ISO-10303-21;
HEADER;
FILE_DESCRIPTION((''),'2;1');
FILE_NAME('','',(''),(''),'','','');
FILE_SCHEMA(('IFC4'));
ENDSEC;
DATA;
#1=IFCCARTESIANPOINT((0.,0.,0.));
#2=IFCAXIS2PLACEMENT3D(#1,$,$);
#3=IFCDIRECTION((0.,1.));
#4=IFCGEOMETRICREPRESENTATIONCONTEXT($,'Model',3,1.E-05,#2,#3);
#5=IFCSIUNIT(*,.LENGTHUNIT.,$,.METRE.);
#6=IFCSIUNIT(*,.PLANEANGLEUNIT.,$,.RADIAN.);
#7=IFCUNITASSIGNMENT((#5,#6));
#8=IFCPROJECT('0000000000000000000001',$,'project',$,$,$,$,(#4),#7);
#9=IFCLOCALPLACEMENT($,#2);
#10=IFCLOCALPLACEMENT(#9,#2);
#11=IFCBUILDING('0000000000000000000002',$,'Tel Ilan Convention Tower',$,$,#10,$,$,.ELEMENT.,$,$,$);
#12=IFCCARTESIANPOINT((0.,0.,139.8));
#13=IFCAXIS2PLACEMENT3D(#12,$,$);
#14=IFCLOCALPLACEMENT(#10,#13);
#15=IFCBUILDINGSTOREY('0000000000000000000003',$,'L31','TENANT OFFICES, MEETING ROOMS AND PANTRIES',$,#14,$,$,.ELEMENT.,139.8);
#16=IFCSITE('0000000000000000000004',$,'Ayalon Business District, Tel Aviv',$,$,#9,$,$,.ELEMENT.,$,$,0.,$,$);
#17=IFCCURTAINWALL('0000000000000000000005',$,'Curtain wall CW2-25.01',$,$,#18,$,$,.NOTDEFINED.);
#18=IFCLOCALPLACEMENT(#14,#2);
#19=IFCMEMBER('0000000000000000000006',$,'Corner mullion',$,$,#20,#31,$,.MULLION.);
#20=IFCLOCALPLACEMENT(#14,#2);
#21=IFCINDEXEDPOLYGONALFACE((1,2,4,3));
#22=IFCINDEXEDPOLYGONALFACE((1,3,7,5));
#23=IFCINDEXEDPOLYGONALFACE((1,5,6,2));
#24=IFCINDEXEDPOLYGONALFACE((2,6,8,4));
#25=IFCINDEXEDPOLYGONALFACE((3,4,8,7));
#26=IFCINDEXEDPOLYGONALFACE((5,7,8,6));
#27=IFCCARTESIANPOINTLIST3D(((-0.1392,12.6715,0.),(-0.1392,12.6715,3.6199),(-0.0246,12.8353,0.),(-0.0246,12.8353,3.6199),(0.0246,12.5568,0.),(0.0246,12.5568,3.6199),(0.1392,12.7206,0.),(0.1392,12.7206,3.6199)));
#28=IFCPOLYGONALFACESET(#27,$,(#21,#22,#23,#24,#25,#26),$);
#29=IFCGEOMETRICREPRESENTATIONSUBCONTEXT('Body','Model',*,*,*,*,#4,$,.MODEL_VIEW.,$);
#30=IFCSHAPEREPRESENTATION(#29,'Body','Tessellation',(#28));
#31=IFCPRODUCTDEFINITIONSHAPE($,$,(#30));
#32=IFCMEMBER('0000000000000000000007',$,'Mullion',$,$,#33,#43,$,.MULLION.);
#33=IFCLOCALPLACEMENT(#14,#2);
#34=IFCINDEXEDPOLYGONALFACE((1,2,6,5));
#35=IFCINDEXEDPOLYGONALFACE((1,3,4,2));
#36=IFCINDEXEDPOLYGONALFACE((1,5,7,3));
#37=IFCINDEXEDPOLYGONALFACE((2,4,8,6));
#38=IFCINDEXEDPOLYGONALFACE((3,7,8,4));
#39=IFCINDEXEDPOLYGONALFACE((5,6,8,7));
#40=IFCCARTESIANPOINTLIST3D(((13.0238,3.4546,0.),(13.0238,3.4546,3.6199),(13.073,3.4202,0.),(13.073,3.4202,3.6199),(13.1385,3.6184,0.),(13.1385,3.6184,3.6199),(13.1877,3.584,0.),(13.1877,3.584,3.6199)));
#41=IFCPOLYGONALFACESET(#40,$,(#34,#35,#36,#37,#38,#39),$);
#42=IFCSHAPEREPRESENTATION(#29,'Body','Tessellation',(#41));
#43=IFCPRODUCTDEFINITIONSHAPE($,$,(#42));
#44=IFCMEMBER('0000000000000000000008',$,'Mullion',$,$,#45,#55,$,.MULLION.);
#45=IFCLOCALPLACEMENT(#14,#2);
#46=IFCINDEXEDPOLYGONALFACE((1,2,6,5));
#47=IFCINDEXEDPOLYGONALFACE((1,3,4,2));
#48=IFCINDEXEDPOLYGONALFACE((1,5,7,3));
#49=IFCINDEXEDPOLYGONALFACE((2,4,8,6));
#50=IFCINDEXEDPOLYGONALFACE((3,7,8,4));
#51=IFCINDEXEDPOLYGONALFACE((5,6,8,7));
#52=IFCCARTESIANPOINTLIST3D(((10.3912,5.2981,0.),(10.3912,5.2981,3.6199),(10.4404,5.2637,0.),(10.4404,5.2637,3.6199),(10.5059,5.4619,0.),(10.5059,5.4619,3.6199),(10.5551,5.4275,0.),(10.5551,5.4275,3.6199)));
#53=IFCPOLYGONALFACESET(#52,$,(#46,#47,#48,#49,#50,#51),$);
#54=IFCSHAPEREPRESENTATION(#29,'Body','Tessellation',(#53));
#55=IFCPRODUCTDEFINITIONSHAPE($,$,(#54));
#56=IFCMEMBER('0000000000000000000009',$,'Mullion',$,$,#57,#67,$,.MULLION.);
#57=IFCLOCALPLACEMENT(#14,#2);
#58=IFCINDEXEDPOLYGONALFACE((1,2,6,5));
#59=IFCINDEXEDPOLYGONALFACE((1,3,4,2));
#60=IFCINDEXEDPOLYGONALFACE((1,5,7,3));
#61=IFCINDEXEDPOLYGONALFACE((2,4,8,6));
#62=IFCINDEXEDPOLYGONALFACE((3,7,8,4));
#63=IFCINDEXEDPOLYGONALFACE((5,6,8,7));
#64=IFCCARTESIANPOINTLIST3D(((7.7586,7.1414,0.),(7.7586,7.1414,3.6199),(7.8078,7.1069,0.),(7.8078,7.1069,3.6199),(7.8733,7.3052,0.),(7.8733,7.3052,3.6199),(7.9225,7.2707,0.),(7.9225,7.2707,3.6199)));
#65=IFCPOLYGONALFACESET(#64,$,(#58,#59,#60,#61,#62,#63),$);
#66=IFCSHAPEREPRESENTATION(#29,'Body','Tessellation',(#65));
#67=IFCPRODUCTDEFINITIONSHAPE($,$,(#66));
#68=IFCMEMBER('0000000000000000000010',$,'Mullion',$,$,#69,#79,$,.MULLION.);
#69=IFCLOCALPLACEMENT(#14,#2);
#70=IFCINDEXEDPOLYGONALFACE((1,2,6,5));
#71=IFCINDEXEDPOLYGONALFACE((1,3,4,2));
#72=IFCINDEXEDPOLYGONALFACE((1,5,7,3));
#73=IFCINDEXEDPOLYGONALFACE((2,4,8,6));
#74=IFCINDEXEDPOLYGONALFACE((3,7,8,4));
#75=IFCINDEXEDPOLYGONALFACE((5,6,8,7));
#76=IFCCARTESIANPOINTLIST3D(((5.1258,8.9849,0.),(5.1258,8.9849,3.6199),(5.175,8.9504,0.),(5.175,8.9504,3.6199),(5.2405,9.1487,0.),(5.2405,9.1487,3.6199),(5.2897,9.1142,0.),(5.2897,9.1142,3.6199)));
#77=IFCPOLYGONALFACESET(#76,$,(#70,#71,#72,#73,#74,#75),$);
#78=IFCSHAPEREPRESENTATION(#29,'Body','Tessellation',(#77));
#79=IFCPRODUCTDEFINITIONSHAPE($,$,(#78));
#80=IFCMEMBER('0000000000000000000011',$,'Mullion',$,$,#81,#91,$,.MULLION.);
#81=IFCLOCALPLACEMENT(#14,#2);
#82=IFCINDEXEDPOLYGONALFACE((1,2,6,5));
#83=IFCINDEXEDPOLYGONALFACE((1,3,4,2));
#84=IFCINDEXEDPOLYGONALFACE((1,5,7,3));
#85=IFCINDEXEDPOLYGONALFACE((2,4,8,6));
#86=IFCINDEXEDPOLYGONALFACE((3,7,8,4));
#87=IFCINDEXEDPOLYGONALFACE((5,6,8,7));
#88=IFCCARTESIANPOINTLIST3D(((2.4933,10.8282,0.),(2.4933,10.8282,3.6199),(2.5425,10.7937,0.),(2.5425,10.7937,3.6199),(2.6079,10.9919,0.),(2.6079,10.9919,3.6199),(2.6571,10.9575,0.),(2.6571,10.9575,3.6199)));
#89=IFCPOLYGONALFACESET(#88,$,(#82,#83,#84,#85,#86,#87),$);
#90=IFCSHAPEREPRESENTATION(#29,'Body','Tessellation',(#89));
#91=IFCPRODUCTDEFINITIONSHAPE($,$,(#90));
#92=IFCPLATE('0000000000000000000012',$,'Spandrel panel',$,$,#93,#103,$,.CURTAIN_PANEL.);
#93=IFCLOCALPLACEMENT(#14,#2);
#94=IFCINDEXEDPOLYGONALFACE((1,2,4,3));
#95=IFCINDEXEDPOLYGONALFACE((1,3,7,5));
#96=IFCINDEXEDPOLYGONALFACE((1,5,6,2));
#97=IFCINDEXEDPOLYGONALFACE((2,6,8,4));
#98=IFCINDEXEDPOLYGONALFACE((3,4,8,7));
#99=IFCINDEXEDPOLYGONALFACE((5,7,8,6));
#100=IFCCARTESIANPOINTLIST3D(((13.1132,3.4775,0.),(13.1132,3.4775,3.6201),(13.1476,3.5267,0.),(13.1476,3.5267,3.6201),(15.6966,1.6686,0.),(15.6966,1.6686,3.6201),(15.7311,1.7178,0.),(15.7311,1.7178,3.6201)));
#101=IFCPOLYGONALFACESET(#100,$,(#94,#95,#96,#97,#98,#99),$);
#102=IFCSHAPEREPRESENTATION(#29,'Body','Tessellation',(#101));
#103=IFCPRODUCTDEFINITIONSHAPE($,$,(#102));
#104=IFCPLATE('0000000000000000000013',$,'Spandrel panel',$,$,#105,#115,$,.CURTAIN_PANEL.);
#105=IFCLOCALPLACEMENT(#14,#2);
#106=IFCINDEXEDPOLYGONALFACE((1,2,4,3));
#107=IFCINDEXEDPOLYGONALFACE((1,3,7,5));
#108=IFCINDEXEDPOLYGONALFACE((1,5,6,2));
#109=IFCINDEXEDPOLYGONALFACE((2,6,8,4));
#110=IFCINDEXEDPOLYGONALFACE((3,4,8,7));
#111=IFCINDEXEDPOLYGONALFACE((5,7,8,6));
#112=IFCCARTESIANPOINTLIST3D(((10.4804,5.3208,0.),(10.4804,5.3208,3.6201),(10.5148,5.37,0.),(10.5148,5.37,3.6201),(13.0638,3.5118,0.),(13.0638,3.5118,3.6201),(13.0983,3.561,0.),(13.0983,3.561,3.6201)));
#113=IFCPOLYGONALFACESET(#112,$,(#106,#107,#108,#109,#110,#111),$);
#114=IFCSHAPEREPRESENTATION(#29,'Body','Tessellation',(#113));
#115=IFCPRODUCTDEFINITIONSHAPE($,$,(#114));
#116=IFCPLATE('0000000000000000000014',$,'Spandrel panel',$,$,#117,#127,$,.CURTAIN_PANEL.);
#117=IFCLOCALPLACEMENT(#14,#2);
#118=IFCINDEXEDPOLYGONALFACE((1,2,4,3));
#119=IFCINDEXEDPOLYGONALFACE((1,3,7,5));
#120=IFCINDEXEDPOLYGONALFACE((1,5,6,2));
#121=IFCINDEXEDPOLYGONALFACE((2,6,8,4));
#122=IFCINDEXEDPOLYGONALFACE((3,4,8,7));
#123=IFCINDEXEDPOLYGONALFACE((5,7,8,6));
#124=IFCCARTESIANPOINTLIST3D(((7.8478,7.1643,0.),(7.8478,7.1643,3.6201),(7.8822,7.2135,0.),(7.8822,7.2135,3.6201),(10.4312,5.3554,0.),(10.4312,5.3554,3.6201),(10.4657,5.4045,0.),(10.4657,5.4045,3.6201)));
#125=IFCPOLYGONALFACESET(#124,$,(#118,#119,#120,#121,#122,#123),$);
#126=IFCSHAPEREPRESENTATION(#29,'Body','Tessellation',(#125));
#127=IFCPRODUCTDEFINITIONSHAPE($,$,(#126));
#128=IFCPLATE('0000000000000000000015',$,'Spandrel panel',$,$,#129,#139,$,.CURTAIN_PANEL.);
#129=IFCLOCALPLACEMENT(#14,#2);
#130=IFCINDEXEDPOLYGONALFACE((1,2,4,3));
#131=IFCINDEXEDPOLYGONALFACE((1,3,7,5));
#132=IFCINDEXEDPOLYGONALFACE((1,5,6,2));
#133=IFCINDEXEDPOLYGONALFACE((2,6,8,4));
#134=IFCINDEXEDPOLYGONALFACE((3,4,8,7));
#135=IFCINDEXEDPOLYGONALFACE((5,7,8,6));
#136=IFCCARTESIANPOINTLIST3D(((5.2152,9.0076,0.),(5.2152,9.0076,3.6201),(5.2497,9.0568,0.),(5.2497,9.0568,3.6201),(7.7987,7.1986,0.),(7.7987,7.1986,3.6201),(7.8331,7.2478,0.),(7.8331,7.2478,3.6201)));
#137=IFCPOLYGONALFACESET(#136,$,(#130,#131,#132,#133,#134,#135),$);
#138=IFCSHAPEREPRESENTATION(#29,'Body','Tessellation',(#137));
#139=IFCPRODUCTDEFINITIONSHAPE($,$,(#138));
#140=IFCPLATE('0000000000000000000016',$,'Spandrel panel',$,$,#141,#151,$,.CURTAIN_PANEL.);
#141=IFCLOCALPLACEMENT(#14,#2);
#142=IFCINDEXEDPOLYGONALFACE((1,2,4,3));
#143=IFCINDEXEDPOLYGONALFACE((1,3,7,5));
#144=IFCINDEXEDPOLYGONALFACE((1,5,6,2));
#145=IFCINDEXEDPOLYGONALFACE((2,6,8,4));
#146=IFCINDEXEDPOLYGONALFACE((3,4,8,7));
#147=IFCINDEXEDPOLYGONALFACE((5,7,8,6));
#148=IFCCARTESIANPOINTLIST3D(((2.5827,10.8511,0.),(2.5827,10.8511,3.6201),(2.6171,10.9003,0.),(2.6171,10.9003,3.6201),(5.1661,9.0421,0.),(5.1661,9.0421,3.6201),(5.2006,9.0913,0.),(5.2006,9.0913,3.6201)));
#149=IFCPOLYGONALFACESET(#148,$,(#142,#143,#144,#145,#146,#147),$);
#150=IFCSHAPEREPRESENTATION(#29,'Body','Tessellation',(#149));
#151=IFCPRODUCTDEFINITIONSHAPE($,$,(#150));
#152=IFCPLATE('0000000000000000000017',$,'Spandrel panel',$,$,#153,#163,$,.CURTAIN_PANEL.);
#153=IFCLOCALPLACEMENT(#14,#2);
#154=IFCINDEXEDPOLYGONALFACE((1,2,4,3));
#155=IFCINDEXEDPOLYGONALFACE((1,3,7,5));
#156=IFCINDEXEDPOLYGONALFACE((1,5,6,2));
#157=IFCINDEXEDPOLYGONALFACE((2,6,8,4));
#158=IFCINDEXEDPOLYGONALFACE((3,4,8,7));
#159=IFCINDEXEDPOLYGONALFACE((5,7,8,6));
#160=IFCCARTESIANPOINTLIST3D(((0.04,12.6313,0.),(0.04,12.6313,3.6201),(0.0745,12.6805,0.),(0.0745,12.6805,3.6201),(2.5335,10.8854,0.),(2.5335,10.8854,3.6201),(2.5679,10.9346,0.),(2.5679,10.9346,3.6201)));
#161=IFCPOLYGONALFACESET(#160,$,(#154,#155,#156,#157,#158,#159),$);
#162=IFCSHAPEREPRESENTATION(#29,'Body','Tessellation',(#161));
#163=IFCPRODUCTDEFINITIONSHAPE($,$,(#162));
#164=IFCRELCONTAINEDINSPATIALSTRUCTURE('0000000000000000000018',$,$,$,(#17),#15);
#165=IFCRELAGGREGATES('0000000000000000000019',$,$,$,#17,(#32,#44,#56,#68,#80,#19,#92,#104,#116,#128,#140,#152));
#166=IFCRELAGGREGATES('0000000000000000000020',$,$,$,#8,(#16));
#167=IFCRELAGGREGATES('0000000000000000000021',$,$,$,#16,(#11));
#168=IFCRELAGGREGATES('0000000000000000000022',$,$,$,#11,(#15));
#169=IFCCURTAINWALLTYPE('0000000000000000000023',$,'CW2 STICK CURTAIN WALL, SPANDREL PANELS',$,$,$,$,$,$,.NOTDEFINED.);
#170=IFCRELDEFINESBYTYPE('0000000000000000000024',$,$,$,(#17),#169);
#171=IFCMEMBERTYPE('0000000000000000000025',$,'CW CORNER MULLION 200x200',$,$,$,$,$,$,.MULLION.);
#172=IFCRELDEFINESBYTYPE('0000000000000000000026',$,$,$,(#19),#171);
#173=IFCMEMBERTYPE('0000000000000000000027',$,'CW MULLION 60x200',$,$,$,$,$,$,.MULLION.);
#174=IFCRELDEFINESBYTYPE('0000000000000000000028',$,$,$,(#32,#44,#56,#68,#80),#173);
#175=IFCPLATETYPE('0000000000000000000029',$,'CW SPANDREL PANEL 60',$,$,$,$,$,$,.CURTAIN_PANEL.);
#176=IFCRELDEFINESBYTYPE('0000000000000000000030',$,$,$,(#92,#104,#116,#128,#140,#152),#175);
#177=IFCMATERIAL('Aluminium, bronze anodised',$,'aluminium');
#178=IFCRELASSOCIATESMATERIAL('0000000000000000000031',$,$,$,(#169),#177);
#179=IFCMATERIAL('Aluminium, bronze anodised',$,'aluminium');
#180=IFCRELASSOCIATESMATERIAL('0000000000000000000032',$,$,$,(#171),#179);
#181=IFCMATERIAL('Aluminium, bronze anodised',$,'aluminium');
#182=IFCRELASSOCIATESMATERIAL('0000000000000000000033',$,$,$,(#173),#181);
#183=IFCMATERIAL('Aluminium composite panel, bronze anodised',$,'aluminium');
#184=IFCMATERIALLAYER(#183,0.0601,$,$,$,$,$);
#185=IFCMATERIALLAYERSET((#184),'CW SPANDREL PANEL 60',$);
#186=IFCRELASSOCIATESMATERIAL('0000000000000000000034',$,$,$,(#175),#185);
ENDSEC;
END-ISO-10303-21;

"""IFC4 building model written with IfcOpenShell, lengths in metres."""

from ifc_helpers import new_model, si_unit, direction, frame, origin, origin_2d, place, context, subcontext, project, spatial, rectangle, extrude, material, layer, layer_set, material_profile, profile_set, type_object, element, aggregate, save


model = new_model("IFC4")

# Units and contexts
model_context = context("Model", 3, precision=1e-05, world=origin(), true_north=direction((0.0, 1.0)))
body_context = subcontext(model_context, "Body", "Model", "MODEL_VIEW")
ifc_project = project(units=[si_unit("LENGTHUNIT", "METRE"), si_unit("PLANEANGLEUNIT", "RADIAN")], contexts=[model_context])

# Site, building, storey
site_placement = place(None, origin())
site = spatial("IfcSite", under=ifc_project, at=site_placement, Name="Ayalon Business District, Tel Aviv", CompositionType="ELEMENT", RefElevation=0.0)
building_placement = place(site_placement, origin())
building = spatial("IfcBuilding", under=site, at=building_placement, Name="Tel Ilan Convention Tower", CompositionType="ELEMENT")
storey_placement = place(building_placement, frame((0.0, 0.0, 139.8)))
storey = spatial("IfcBuildingStorey", under=building, at=storey_placement, Name="L31", Description="TENANT OFFICES, MEETING ROOMS AND PANTRIES", CompositionType="ELEMENT", Elevation=139.8)

# Curtain wall, members, plates
ifc_material_1 = material(Name="Aluminium, bronze anodised", Category="aluminium")
curtain_wall_type = type_object("IfcCurtainWallType", Name="CW2 STICK CURTAIN WALL, SPANDREL PANELS", PredefinedType="NOTDEFINED", material=ifc_material_1)
curtain_wall_placement = place(storey_placement, origin())
curtain_wall = element("IfcCurtainWall", 1, at=curtain_wall_placement, inside=storey, type_object=curtain_wall_type, Name="Curtain wall CW2-25.01", PredefinedType="NOTDEFINED")
ifc_material_2 = material(Name="Aluminium, bronze anodised", Category="aluminium")
ifc_material_profile_1 = material_profile(ifc_material_2, rectangle(XDim=0.2, YDim=0.2, at=origin_2d()), Name="CW CORNER MULLION 200x200")
ifc_profile_set_1 = profile_set([ifc_material_profile_1], Name="Aluminium, bronze anodised")
member_type_1 = type_object("IfcMemberType", Name="CW CORNER MULLION 200x200", PredefinedType="MULLION", material=ifc_profile_set_1)
member_1_placement = place(storey_placement, frame((0.0, 12.696, 0.0), z_axis=(0.0, 0.0, 1.0), x_axis=(-0.819152, 0.573576, 0.0)))
member_1 = element("IfcMember", 2, at=member_1_placement, type_object=member_type_1, Name="Corner mullion", PredefinedType="MULLION", context=body_context, shape_type="SweptSolid", body=[
    extrude(rectangle(XDim=0.2, YDim=0.2, at=origin_2d()), origin(), (0.0, 0.0, 1.0), 3.6199),
])
ifc_material_3 = material(Name="Aluminium, bronze anodised", Category="aluminium")
ifc_material_profile_2 = material_profile(ifc_material_3, rectangle(XDim=0.0601, YDim=0.2, at=origin_2d()), Name="CW MULLION 60x200")
ifc_profile_set_2 = profile_set([ifc_material_profile_2], Name="Aluminium, bronze anodised")
member_type_2 = type_object("IfcMemberType", Name="CW MULLION 60x200", PredefinedType="MULLION", material=ifc_profile_set_2)
member_2_placement = place(storey_placement, frame((13.1057, 3.5193, 0.0), z_axis=(0.0, 0.0, 1.0), x_axis=(-0.819152, 0.573576, 0.0)))
member_2 = element("IfcMember", 3, at=member_2_placement, type_object=member_type_2, Name="Mullion", PredefinedType="MULLION", context=body_context, shape_type="SweptSolid", body=[
    extrude(rectangle(XDim=0.0601, YDim=0.2, at=origin_2d()), origin(), (0.0, 0.0, 1.0), 3.6199),
])
member_3_placement = place(storey_placement, frame((10.4731, 5.3628, 0.0), z_axis=(0.0, 0.0, 1.0), x_axis=(-0.819152, 0.573576, 0.0)))
member_3 = element("IfcMember", 4, at=member_3_placement, type_object=member_type_2, Name="Mullion", PredefinedType="MULLION", context=body_context, shape_type="SweptSolid", body=[
    extrude(rectangle(XDim=0.0601, YDim=0.2, at=origin_2d()), origin(), (0.0, 0.0, 1.0), 3.6199),
])
member_4_placement = place(storey_placement, frame((7.8406, 7.2061, 0.0), z_axis=(0.0, 0.0, 1.0), x_axis=(-0.819152, 0.573576, 0.0)))
member_4 = element("IfcMember", 5, at=member_4_placement, type_object=member_type_2, Name="Mullion", PredefinedType="MULLION", context=body_context, shape_type="SweptSolid", body=[
    extrude(rectangle(XDim=0.0601, YDim=0.2, at=origin_2d()), origin(), (0.0, 0.0, 1.0), 3.6199),
])
member_5_placement = place(storey_placement, frame((5.2078, 9.0496, 0.0), z_axis=(0.0, 0.0, 1.0), x_axis=(-0.819152, 0.573576, 0.0)))
member_5 = element("IfcMember", 6, at=member_5_placement, type_object=member_type_2, Name="Mullion", PredefinedType="MULLION", context=body_context, shape_type="SweptSolid", body=[
    extrude(rectangle(XDim=0.0601, YDim=0.2, at=origin_2d()), origin(), (0.0, 0.0, 1.0), 3.6199),
])
member_6_placement = place(storey_placement, frame((2.5752, 10.8928, 0.0), z_axis=(0.0, 0.0, 1.0), x_axis=(-0.819152, 0.573576, 0.0)))
member_6 = element("IfcMember", 7, at=member_6_placement, type_object=member_type_2, Name="Mullion", PredefinedType="MULLION", context=body_context, shape_type="SweptSolid", body=[
    extrude(rectangle(XDim=0.0601, YDim=0.2, at=origin_2d()), origin(), (0.0, 0.0, 1.0), 3.6199),
])
ifc_material_4 = material(Name="Aluminium composite panel, bronze anodised", Category="aluminium")
ifc_layer_1 = layer(ifc_material_4, 0.0601)
ifc_layer_set_1 = layer_set([ifc_layer_1], Name="CW SPANDREL PANEL 60")
plate_type = type_object("IfcPlateType", Name="CW SPANDREL PANEL 60", PredefinedType="CURTAIN_PANEL", material=ifc_layer_set_1)
plate_1_placement = place(storey_placement, frame((14.4221, 2.5977, 0.0), z_axis=(0.0, 0.0, 1.0), x_axis=(-0.819152, 0.573576, 0.0)))
plate_1 = element("IfcPlate", 8, at=plate_1_placement, type_object=plate_type, Name="Spandrel panel", PredefinedType="CURTAIN_PANEL", context=body_context, shape_type="SweptSolid", body=[
    extrude(rectangle(XDim=3.1538, YDim=0.0601, at=origin_2d()), origin(), (0.0, 0.0, 1.0), 3.6201),
])
plate_2_placement = place(storey_placement, frame((11.7893, 4.4409, 0.0), z_axis=(0.0, 0.0, 1.0), x_axis=(-0.819152, 0.573576, 0.0)))
plate_2 = element("IfcPlate", 9, at=plate_2_placement, type_object=plate_type, Name="Spandrel panel", PredefinedType="CURTAIN_PANEL", context=body_context, shape_type="SweptSolid", body=[
    extrude(rectangle(XDim=3.1538, YDim=0.0601, at=origin_2d()), origin(), (0.0, 0.0, 1.0), 3.6201),
])
plate_3_placement = place(storey_placement, frame((9.1567, 6.2844, 0.0), z_axis=(0.0, 0.0, 1.0), x_axis=(-0.819152, 0.573576, 0.0)))
plate_3 = element("IfcPlate", 10, at=plate_3_placement, type_object=plate_type, Name="Spandrel panel", PredefinedType="CURTAIN_PANEL", context=body_context, shape_type="SweptSolid", body=[
    extrude(rectangle(XDim=3.1538, YDim=0.0601, at=origin_2d()), origin(), (0.0, 0.0, 1.0), 3.6201),
])
plate_4_placement = place(storey_placement, frame((6.5242, 8.1277, 0.0), z_axis=(0.0, 0.0, 1.0), x_axis=(-0.819152, 0.573576, 0.0)))
plate_4 = element("IfcPlate", 11, at=plate_4_placement, type_object=plate_type, Name="Spandrel panel", PredefinedType="CURTAIN_PANEL", context=body_context, shape_type="SweptSolid", body=[
    extrude(rectangle(XDim=3.1538, YDim=0.0601, at=origin_2d()), origin(), (0.0, 0.0, 1.0), 3.6201),
])
plate_5_placement = place(storey_placement, frame((3.8916, 9.9712, 0.0), z_axis=(0.0, 0.0, 1.0), x_axis=(-0.819152, 0.573576, 0.0)))
plate_5 = element("IfcPlate", 12, at=plate_5_placement, type_object=plate_type, Name="Spandrel panel", PredefinedType="CURTAIN_PANEL", context=body_context, shape_type="SweptSolid", body=[
    extrude(rectangle(XDim=3.1538, YDim=0.0601, at=origin_2d()), origin(), (0.0, 0.0, 1.0), 3.6201),
])
plate_6_placement = place(storey_placement, frame((1.304, 11.783, 0.0), z_axis=(0.0, 0.0, 1.0), x_axis=(-0.819152, 0.573576, 0.0)))
plate_6 = element("IfcPlate", 13, at=plate_6_placement, type_object=plate_type, Name="Spandrel panel", PredefinedType="CURTAIN_PANEL", context=body_context, shape_type="SweptSolid", body=[
    extrude(rectangle(XDim=3.0439, YDim=0.0601, at=origin_2d()), origin(), (0.0, 0.0, 1.0), 3.6201),
])
aggregate(curtain_wall, [member_2, member_3, member_4, member_5, member_6, member_1, plate_1, plate_2, plate_3, plate_4, plate_5, plate_6])

save(model, "model.ifc")
